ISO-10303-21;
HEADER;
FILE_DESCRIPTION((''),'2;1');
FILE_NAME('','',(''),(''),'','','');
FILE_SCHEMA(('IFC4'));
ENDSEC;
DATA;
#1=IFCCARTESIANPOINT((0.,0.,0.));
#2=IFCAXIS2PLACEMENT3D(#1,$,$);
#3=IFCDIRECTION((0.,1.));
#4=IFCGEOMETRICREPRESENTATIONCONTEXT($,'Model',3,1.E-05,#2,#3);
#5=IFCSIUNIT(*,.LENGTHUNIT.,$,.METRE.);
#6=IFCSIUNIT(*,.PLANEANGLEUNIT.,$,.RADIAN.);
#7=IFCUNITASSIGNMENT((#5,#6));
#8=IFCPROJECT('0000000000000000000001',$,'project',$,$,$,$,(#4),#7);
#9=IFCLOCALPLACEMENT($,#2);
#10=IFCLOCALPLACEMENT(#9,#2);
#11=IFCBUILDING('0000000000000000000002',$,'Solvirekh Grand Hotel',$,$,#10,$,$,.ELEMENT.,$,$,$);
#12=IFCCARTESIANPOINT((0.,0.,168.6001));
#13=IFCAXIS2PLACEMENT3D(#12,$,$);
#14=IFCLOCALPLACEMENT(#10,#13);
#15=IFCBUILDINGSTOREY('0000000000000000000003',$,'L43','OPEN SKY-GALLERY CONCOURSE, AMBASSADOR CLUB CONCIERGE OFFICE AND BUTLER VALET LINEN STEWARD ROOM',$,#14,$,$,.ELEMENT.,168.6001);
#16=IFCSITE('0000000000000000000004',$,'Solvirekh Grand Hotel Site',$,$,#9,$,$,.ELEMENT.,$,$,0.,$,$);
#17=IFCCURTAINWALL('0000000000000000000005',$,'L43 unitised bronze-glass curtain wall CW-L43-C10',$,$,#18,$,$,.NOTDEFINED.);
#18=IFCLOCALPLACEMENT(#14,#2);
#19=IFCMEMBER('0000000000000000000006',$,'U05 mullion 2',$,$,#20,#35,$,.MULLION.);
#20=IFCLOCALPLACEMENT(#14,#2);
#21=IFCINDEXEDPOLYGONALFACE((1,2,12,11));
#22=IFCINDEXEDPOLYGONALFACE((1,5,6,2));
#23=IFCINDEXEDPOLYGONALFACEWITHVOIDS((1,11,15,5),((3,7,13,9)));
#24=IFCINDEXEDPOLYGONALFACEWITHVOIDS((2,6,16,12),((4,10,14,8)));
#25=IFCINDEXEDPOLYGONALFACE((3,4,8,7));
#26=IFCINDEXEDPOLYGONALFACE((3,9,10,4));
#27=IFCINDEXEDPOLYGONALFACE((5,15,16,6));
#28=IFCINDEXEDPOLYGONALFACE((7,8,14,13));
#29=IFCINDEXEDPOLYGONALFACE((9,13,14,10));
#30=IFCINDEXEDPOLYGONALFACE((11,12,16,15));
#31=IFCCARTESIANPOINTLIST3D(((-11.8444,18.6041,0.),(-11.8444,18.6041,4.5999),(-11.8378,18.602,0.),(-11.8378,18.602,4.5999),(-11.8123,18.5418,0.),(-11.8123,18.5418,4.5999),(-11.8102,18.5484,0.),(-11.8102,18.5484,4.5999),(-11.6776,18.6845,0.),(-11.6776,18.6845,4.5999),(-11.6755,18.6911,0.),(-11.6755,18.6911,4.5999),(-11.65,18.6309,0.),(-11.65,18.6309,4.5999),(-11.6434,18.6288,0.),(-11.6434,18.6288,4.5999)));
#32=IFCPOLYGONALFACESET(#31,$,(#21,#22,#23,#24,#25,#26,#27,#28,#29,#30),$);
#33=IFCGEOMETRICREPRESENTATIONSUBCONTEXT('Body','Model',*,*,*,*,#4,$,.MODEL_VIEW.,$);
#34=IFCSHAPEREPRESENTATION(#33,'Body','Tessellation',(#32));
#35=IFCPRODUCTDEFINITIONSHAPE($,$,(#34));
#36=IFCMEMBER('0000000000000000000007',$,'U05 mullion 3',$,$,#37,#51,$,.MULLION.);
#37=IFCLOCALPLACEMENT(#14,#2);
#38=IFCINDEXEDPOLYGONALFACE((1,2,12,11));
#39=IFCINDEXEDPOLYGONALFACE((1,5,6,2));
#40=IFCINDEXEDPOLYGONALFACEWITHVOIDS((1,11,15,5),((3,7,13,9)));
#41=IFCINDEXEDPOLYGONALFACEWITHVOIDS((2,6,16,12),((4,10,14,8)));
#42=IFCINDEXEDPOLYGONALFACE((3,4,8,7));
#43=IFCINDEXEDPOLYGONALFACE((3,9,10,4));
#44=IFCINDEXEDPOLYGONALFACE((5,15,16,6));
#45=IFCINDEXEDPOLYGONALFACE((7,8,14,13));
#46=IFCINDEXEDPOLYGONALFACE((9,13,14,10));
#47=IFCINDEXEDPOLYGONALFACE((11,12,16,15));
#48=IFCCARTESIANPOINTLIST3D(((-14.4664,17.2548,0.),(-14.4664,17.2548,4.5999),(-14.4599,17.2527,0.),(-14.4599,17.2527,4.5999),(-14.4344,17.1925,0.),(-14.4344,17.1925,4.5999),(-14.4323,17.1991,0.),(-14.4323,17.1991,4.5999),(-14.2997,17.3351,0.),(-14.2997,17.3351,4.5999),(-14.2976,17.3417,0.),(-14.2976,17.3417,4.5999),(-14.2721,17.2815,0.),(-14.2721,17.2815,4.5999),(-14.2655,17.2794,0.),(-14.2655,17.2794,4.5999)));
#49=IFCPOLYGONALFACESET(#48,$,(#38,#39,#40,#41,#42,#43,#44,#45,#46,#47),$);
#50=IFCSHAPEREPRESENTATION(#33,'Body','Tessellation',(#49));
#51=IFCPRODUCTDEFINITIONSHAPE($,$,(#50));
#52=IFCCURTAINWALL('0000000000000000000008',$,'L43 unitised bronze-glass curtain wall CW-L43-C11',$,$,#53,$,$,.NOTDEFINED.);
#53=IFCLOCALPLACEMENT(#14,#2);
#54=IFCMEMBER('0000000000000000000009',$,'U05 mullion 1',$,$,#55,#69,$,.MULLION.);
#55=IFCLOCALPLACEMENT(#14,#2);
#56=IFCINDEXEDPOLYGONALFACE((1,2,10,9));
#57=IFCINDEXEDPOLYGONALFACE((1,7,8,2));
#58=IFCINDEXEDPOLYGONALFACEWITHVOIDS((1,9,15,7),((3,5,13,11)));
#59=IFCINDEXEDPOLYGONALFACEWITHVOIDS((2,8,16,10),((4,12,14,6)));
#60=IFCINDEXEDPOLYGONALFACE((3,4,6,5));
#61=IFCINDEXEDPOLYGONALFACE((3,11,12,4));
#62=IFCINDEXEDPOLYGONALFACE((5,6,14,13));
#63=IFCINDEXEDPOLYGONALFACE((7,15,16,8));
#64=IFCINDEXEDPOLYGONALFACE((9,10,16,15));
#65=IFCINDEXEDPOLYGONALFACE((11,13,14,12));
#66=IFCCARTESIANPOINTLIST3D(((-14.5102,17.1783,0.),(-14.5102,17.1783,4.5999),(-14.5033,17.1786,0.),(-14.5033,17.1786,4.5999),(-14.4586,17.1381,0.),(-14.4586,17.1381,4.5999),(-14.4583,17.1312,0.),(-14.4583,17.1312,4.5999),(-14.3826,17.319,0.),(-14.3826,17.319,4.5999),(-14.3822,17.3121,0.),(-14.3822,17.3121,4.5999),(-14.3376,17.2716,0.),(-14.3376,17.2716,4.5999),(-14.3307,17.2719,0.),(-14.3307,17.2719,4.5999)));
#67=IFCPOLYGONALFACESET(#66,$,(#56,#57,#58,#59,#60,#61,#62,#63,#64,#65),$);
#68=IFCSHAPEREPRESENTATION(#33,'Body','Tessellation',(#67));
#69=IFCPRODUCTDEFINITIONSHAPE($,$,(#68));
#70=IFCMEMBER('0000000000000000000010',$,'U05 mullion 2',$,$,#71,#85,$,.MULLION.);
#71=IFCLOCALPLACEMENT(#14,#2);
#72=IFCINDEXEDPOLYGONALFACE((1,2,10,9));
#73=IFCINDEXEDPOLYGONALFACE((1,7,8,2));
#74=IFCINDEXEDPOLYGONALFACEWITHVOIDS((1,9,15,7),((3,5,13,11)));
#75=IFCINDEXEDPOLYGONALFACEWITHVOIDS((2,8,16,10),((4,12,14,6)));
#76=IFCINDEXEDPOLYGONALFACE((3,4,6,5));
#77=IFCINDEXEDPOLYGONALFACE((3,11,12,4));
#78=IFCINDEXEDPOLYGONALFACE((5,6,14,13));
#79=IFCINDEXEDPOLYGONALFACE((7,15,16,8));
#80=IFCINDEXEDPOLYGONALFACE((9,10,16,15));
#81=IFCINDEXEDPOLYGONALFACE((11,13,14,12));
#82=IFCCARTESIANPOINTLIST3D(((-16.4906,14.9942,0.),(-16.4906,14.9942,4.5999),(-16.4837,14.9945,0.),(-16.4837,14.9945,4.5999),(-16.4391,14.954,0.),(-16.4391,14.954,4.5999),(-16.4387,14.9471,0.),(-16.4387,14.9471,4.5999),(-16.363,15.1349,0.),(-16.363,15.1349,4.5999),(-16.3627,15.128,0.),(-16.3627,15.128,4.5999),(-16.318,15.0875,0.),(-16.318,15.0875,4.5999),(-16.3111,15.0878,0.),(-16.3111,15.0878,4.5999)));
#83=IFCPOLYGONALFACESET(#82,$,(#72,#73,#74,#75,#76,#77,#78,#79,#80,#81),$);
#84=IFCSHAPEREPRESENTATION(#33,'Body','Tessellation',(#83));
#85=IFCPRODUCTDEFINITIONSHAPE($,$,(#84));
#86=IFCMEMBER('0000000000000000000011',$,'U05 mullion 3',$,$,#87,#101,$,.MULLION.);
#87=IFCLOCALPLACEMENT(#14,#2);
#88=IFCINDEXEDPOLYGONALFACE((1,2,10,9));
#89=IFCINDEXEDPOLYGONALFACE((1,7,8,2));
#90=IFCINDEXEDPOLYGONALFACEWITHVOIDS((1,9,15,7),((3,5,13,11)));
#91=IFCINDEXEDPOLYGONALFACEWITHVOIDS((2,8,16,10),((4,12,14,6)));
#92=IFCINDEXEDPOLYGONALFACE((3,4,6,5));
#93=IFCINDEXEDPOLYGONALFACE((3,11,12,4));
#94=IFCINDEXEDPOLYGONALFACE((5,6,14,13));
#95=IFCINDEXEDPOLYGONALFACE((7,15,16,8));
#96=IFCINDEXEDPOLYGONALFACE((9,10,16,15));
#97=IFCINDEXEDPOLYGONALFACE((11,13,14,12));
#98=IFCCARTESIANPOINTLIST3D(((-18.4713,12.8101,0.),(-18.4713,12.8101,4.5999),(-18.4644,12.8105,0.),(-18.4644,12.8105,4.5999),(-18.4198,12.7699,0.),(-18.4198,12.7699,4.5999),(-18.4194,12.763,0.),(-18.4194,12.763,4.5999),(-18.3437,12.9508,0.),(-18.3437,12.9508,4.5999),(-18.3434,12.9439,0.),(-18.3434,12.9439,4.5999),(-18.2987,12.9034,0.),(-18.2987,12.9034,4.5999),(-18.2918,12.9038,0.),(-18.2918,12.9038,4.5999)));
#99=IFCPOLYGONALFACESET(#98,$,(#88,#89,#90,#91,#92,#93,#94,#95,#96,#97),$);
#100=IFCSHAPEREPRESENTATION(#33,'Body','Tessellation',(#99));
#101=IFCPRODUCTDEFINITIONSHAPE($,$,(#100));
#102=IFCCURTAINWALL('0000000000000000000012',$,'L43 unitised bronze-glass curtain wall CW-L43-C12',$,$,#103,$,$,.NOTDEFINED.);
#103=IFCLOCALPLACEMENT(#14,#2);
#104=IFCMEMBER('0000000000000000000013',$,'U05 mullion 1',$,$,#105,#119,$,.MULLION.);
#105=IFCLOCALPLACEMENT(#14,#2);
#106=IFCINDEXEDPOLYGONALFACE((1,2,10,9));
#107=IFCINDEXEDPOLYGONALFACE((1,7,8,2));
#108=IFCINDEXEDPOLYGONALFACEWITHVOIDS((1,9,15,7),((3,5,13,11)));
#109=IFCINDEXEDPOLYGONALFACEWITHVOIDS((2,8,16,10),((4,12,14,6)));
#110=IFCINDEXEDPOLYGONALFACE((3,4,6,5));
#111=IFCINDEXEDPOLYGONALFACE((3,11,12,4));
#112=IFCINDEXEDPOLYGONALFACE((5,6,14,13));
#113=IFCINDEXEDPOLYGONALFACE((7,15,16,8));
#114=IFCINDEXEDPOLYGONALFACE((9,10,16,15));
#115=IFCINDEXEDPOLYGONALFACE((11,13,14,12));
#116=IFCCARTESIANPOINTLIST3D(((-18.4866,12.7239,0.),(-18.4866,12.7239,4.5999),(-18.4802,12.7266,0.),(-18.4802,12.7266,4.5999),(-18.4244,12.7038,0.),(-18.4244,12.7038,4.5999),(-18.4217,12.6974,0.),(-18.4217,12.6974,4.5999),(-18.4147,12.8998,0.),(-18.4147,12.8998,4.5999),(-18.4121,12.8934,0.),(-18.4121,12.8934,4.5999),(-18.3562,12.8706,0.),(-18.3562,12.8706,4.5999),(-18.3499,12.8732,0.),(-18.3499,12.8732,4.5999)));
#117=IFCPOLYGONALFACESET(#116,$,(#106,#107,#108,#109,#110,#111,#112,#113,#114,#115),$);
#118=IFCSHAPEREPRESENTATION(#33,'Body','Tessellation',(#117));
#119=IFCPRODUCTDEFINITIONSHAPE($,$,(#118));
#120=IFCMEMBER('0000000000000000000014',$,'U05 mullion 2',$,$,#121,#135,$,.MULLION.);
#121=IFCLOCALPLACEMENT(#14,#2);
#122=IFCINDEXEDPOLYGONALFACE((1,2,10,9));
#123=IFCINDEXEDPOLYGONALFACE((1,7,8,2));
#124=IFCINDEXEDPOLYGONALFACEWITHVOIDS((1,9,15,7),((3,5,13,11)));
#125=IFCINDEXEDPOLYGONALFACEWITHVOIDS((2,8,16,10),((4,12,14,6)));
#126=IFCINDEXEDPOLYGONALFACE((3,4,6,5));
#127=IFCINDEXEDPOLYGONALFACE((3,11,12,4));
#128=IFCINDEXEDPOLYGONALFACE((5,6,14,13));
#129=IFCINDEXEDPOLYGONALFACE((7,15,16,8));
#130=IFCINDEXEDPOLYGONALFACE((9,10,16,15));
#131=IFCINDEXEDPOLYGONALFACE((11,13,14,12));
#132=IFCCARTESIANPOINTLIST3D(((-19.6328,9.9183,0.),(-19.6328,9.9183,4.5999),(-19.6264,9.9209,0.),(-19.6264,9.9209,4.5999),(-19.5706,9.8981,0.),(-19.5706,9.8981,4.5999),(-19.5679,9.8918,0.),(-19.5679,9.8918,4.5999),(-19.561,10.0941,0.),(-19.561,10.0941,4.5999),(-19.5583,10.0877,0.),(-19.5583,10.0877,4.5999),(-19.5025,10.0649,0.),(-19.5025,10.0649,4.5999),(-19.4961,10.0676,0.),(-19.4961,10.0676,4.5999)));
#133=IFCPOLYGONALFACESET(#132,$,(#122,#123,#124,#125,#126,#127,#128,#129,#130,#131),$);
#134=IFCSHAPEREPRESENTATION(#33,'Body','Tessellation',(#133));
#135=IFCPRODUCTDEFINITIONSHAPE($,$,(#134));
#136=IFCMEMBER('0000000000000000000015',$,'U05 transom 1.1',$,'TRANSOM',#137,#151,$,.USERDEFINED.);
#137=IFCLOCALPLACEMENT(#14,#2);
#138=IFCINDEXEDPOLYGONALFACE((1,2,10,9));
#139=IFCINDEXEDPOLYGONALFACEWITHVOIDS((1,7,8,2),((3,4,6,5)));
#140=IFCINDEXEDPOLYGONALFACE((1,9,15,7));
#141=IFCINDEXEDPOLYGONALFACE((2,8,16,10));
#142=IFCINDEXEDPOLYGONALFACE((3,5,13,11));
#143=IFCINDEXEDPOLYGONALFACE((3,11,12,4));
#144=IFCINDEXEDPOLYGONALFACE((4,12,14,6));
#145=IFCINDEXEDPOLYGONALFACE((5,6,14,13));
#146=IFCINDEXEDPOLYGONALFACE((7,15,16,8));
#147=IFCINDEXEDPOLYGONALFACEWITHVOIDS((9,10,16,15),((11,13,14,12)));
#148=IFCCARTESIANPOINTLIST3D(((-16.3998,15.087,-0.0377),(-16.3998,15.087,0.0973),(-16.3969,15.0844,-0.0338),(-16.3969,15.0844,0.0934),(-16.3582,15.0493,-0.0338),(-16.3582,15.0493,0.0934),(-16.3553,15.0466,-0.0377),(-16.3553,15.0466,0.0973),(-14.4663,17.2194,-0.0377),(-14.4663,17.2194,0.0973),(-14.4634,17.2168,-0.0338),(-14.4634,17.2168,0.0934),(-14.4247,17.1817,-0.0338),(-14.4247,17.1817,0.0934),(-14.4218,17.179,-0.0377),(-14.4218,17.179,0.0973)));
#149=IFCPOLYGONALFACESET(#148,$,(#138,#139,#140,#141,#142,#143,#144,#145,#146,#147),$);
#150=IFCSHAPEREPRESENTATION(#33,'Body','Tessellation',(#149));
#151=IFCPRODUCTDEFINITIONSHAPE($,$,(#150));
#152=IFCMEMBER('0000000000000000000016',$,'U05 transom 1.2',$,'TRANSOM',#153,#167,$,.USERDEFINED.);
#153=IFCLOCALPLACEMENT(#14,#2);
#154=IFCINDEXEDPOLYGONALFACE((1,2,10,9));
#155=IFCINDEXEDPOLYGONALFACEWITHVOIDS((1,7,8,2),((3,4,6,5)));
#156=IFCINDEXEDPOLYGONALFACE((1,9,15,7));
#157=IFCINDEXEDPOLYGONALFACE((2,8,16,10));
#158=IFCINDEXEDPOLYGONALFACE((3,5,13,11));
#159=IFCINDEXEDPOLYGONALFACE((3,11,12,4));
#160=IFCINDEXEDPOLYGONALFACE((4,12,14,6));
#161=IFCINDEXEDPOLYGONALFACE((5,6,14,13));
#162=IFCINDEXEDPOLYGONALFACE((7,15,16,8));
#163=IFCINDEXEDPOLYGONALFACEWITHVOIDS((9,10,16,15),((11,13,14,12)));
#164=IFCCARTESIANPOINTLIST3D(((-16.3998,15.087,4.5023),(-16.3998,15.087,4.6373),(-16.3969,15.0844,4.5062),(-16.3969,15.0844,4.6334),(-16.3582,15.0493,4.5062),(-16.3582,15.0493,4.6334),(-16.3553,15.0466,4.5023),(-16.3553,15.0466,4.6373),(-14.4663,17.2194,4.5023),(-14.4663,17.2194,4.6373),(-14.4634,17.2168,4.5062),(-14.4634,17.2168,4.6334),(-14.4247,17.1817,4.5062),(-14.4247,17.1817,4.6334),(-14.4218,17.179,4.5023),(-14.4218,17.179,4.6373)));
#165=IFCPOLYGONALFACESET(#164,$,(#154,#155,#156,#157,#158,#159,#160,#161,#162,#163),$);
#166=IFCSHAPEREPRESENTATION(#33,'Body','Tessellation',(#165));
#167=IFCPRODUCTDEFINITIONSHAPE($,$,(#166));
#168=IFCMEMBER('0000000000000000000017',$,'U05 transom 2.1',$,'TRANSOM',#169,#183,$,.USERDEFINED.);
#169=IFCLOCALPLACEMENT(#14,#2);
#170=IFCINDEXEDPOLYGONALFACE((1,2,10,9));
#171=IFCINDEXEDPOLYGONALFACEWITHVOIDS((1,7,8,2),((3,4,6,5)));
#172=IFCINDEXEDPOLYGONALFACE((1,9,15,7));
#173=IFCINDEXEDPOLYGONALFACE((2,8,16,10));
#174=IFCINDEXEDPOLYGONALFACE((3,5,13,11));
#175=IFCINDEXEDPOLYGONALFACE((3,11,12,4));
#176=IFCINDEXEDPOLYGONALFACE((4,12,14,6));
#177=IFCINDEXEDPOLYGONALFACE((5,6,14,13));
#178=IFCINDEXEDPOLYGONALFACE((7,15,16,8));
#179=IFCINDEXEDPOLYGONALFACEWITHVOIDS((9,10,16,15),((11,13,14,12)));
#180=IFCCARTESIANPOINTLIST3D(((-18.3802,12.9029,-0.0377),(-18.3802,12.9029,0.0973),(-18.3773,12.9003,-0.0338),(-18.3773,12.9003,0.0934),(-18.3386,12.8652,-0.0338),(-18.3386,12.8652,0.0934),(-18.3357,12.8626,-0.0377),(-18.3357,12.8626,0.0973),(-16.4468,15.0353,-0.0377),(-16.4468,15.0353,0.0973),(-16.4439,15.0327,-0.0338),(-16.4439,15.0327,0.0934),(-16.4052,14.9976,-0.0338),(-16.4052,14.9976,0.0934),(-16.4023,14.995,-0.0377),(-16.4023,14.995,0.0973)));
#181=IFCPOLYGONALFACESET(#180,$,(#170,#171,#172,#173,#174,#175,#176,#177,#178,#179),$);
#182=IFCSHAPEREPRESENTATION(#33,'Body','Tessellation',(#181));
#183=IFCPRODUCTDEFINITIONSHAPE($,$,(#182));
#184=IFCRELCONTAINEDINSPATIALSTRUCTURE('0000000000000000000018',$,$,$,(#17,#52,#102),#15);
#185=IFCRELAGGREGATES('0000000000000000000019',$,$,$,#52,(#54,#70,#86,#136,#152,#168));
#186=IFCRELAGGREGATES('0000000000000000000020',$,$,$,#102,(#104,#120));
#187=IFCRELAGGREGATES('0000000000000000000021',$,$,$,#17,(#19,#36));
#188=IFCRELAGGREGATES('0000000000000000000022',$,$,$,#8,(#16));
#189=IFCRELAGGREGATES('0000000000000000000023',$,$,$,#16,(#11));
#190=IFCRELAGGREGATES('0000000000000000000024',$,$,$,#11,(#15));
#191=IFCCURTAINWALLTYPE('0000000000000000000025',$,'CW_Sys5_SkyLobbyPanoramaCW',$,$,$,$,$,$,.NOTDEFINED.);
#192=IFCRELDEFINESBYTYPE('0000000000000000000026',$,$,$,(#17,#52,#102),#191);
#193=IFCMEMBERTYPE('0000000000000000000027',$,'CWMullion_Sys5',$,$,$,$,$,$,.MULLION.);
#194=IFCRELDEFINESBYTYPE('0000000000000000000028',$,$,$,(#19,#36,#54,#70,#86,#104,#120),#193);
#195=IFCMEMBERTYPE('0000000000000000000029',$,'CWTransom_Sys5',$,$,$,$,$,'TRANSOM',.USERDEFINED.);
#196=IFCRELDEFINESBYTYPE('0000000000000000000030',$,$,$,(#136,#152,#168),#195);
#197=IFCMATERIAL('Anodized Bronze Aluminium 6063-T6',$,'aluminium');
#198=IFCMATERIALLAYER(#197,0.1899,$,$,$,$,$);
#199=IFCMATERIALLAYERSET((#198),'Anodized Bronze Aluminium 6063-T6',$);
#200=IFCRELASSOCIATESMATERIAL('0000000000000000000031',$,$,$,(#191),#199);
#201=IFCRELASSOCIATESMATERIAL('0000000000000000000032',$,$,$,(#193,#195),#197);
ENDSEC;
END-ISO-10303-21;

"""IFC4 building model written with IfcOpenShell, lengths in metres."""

from ifc_helpers import new_model, si_unit, direction, frame, origin, origin_2d, place, context, subcontext, project, spatial, hollow_rectangle, extrude, source, transform, mapped, material, layer, layer_set, material_profile, profile_set, type_object, element, aggregate, save


model = new_model("IFC4")

# Units and contexts
model_context = context("Model", 3, precision=1e-05, world=origin(), true_north=direction((0.0, 1.0)))
body_context = subcontext(model_context, "Body", "Model", "MODEL_VIEW")
ifc_project = project(units=[si_unit("LENGTHUNIT", "METRE"), si_unit("PLANEANGLEUNIT", "RADIAN")], contexts=[model_context])

# Site, building, storey
site_placement = place(None, origin())
site = spatial("IfcSite", under=ifc_project, at=site_placement, Name="Solvirekh Grand Hotel Site", CompositionType="ELEMENT", RefElevation=0.0)
building_placement = place(site_placement, origin())
building = spatial("IfcBuilding", under=site, at=building_placement, Name="Solvirekh Grand Hotel", CompositionType="ELEMENT")
storey_placement = place(building_placement, frame((0.0, 0.0, 168.6001)))
storey = spatial("IfcBuildingStorey", under=building, at=storey_placement, Name="L43", Description="OPEN SKY-GALLERY CONCOURSE, AMBASSADOR CLUB CONCIERGE OFFICE AND BUTLER VALET LINEN STEWARD ROOM", CompositionType="ELEMENT", Elevation=168.6001)

# Curtain walls, members
ifc_material_1 = material(Name="Anodized Bronze Aluminium 6063-T6", Category="aluminium")
ifc_layer_1 = layer(ifc_material_1, 0.1899)
ifc_layer_set_1 = layer_set([ifc_layer_1], Name="Anodized Bronze Aluminium 6063-T6")
curtain_wall_type = type_object("IfcCurtainWallType", Name="CW_Sys5_SkyLobbyPanoramaCW", PredefinedType="NOTDEFINED", material=ifc_layer_set_1)
curtain_wall_1_placement = place(storey_placement, origin())
curtain_wall_1 = element("IfcCurtainWall", 1, at=curtain_wall_1_placement, inside=storey, type_object=curtain_wall_type, Name="L43 unitised bronze-glass curtain wall CW-L43-C10", PredefinedType="NOTDEFINED")
ifc_material_profile_1 = material_profile(ifc_material_1, hollow_rectangle(XDim=0.0701, YDim=0.1899, WallThickness=0.0049, at=origin_2d()), Name="ALU RHS 190X70X5")
ifc_profile_set_1 = profile_set([ifc_material_profile_1], Name="Anodized Bronze Aluminium 6063-T6")
member_type_1 = type_object("IfcMemberType", Name="CWMullion_Sys5", PredefinedType="MULLION", material=ifc_profile_set_1)
shared_shape_1 = source(origin(), body_context, "Body", "SweptSolid", [
    extrude(hollow_rectangle(XDim=0.0701, YDim=0.1899, WallThickness=0.0049, at=origin_2d()), origin(), (0.0, 0.0, 1.0), 4.5999),
])
member_1_placement = place(storey_placement, frame((-11.7439, 18.6165, 0.0), z_axis=(0.0, 0.0, 1.0), x_axis=(0.45764, -0.889138, 0.0)))
member_1 = element("IfcMember", 2, at=member_1_placement, type_object=member_type_1, Name="U05 mullion 2", PredefinedType="MULLION", context=body_context, shape_type="MappedRepresentation", body=[
    mapped(shared_shape_1, transform((0.0, 0.0, 0.0), x_axis=(1.0, 0.0, 0.0), y_axis=(0.0, 1.0, 0.0), z_axis=(0.0, 0.0, 1.0), scale=1.0)),
])
member_2_placement = place(storey_placement, frame((-14.366, 17.2671, 0.0), z_axis=(0.0, 0.0, 1.0), x_axis=(0.45764, -0.889138, 0.0)))
member_2 = element("IfcMember", 3, at=member_2_placement, type_object=member_type_1, Name="U05 mullion 3", PredefinedType="MULLION", context=body_context, shape_type="MappedRepresentation", body=[
    mapped(shared_shape_1, transform((0.0, 0.0, 0.0), x_axis=(1.0, 0.0, 0.0), y_axis=(0.0, 1.0, 0.0), z_axis=(0.0, 0.0, 1.0), scale=1.0)),
])
curtain_wall_2_placement = place(storey_placement, origin())
curtain_wall_2 = element("IfcCurtainWall", 4, at=curtain_wall_2_placement, inside=storey, type_object=curtain_wall_type, Name="L43 unitised bronze-glass curtain wall CW-L43-C11", PredefinedType="NOTDEFINED")
member_3_placement = place(storey_placement, frame((-14.4204, 17.2251, 0.0), z_axis=(0.0, 0.0, 1.0), x_axis=(0.740789, -0.671738, 0.0)))
member_3 = element("IfcMember", 5, at=member_3_placement, type_object=member_type_1, Name="U05 mullion 1", PredefinedType="MULLION", context=body_context, shape_type="MappedRepresentation", body=[
    mapped(shared_shape_1, transform((0.0, 0.0, 0.0), x_axis=(1.0, 0.0, 0.0), y_axis=(0.0, 1.0, 0.0), z_axis=(0.0, 0.0, 1.0), scale=1.0)),
])
member_4_placement = place(storey_placement, frame((-16.4009, 15.041, 0.0), z_axis=(0.0, 0.0, 1.0), x_axis=(0.740789, -0.671738, 0.0)))
member_4 = element("IfcMember", 6, at=member_4_placement, type_object=member_type_1, Name="U05 mullion 2", PredefinedType="MULLION", context=body_context, shape_type="MappedRepresentation", body=[
    mapped(shared_shape_1, transform((0.0, 0.0, 0.0), x_axis=(1.0, 0.0, 0.0), y_axis=(0.0, 1.0, 0.0), z_axis=(0.0, 0.0, 1.0), scale=1.0)),
])
member_5_placement = place(storey_placement, frame((-18.3816, 12.8569, 0.0), z_axis=(0.0, 0.0, 1.0), x_axis=(0.740789, -0.671738, 0.0)))
member_5 = element("IfcMember", 7, at=member_5_placement, type_object=member_type_1, Name="U05 mullion 3", PredefinedType="MULLION", context=body_context, shape_type="MappedRepresentation", body=[
    mapped(shared_shape_1, transform((0.0, 0.0, 0.0), x_axis=(1.0, 0.0, 0.0), y_axis=(0.0, 1.0, 0.0), z_axis=(0.0, 0.0, 1.0), scale=1.0)),
])
curtain_wall_3_placement = place(storey_placement, origin())
curtain_wall_3 = element("IfcCurtainWall", 8, at=curtain_wall_3_placement, inside=storey, type_object=curtain_wall_type, Name="L43 unitised bronze-glass curtain wall CW-L43-C12", PredefinedType="NOTDEFINED")
member_6_placement = place(storey_placement, frame((-18.4182, 12.7986, 0.0), z_axis=(0.0, 0.0, 1.0), x_axis=(0.925718, -0.378214, 0.0)))
member_6 = element("IfcMember", 9, at=member_6_placement, type_object=member_type_1, Name="U05 mullion 1", PredefinedType="MULLION", context=body_context, shape_type="MappedRepresentation", body=[
    mapped(shared_shape_1, transform((0.0, 0.0, 0.0), x_axis=(1.0, 0.0, 0.0), y_axis=(0.0, 1.0, 0.0), z_axis=(0.0, 0.0, 1.0), scale=1.0)),
])
member_7_placement = place(storey_placement, frame((-19.5645, 9.9929, 0.0), z_axis=(0.0, 0.0, 1.0), x_axis=(0.925718, -0.378214, 0.0)))
member_7 = element("IfcMember", 10, at=member_7_placement, type_object=member_type_1, Name="U05 mullion 2", PredefinedType="MULLION", context=body_context, shape_type="MappedRepresentation", body=[
    mapped(shared_shape_1, transform((0.0, 0.0, 0.0), x_axis=(1.0, 0.0, 0.0), y_axis=(0.0, 1.0, 0.0), z_axis=(0.0, 0.0, 1.0), scale=1.0)),
])

# Members
ifc_material_profile_2 = material_profile(ifc_material_1, hollow_rectangle(XDim=0.0601, YDim=0.135, WallThickness=0.0039, at=origin_2d()), Name="ALU RHS 135X60X4")
ifc_profile_set_2 = profile_set([ifc_material_profile_2], Name="Anodized Bronze Aluminium 6063-T6")
member_type_2 = type_object("IfcMemberType", Name="CWTransom_Sys5", ElementType="TRANSOM", PredefinedType="USERDEFINED", material=ifc_profile_set_2)
shared_shape_2 = source(origin(), body_context, "Body", "SweptSolid", [
    extrude(hollow_rectangle(XDim=0.0601, YDim=0.135, WallThickness=0.0039, at=origin_2d()), origin(), (0.0, 0.0, 1.0), 2.8784),
])
member_8_placement = place(storey_placement, frame((-14.4441, 17.1992, 0.0298), z_axis=(-0.671697, -0.740826, 0.0), x_axis=(0.740826, -0.671697, 0.0)))
member_8 = element("IfcMember", 11, at=member_8_placement, type_object=member_type_2, Name="U05 transom 1.1", ObjectType="TRANSOM", PredefinedType="USERDEFINED", context=body_context, shape_type="MappedRepresentation", body=[
    mapped(shared_shape_2, transform((0.0, 0.0, 0.0), x_axis=(1.0, 0.0, 0.0), y_axis=(0.0, 1.0, 0.0), z_axis=(0.0, 0.0, 1.0), scale=1.0)),
])
member_9_placement = place(storey_placement, frame((-14.4441, 17.1992, 4.5698), z_axis=(-0.671697, -0.740826, 0.0), x_axis=(0.740826, -0.671697, 0.0)))
member_9 = element("IfcMember", 12, at=member_9_placement, type_object=member_type_2, Name="U05 transom 1.2", ObjectType="TRANSOM", PredefinedType="USERDEFINED", context=body_context, shape_type="MappedRepresentation", body=[
    mapped(shared_shape_2, transform((0.0, 0.0, 0.0), x_axis=(1.0, 0.0, 0.0), y_axis=(0.0, 1.0, 0.0), z_axis=(0.0, 0.0, 1.0), scale=1.0)),
])
member_10_placement = place(storey_placement, frame((-16.4246, 15.0151, 0.0298), z_axis=(-0.671697, -0.740826, 0.0), x_axis=(0.740826, -0.671697, 0.0)))
member_10 = element("IfcMember", 13, at=member_10_placement, type_object=member_type_2, Name="U05 transom 2.1", ObjectType="TRANSOM", PredefinedType="USERDEFINED", context=body_context, shape_type="MappedRepresentation", body=[
    mapped(shared_shape_2, transform((0.0, 0.0, 0.0), x_axis=(1.0, 0.0, 0.0), y_axis=(0.0, 1.0, 0.0), z_axis=(0.0, 0.0, 1.0), scale=1.0)),
])

aggregate(curtain_wall_2, [member_3, member_4, member_5, member_8, member_9, member_10])
aggregate(curtain_wall_3, [member_6, member_7])
aggregate(curtain_wall_1, [member_1, member_2])

save(model, "model.ifc")
